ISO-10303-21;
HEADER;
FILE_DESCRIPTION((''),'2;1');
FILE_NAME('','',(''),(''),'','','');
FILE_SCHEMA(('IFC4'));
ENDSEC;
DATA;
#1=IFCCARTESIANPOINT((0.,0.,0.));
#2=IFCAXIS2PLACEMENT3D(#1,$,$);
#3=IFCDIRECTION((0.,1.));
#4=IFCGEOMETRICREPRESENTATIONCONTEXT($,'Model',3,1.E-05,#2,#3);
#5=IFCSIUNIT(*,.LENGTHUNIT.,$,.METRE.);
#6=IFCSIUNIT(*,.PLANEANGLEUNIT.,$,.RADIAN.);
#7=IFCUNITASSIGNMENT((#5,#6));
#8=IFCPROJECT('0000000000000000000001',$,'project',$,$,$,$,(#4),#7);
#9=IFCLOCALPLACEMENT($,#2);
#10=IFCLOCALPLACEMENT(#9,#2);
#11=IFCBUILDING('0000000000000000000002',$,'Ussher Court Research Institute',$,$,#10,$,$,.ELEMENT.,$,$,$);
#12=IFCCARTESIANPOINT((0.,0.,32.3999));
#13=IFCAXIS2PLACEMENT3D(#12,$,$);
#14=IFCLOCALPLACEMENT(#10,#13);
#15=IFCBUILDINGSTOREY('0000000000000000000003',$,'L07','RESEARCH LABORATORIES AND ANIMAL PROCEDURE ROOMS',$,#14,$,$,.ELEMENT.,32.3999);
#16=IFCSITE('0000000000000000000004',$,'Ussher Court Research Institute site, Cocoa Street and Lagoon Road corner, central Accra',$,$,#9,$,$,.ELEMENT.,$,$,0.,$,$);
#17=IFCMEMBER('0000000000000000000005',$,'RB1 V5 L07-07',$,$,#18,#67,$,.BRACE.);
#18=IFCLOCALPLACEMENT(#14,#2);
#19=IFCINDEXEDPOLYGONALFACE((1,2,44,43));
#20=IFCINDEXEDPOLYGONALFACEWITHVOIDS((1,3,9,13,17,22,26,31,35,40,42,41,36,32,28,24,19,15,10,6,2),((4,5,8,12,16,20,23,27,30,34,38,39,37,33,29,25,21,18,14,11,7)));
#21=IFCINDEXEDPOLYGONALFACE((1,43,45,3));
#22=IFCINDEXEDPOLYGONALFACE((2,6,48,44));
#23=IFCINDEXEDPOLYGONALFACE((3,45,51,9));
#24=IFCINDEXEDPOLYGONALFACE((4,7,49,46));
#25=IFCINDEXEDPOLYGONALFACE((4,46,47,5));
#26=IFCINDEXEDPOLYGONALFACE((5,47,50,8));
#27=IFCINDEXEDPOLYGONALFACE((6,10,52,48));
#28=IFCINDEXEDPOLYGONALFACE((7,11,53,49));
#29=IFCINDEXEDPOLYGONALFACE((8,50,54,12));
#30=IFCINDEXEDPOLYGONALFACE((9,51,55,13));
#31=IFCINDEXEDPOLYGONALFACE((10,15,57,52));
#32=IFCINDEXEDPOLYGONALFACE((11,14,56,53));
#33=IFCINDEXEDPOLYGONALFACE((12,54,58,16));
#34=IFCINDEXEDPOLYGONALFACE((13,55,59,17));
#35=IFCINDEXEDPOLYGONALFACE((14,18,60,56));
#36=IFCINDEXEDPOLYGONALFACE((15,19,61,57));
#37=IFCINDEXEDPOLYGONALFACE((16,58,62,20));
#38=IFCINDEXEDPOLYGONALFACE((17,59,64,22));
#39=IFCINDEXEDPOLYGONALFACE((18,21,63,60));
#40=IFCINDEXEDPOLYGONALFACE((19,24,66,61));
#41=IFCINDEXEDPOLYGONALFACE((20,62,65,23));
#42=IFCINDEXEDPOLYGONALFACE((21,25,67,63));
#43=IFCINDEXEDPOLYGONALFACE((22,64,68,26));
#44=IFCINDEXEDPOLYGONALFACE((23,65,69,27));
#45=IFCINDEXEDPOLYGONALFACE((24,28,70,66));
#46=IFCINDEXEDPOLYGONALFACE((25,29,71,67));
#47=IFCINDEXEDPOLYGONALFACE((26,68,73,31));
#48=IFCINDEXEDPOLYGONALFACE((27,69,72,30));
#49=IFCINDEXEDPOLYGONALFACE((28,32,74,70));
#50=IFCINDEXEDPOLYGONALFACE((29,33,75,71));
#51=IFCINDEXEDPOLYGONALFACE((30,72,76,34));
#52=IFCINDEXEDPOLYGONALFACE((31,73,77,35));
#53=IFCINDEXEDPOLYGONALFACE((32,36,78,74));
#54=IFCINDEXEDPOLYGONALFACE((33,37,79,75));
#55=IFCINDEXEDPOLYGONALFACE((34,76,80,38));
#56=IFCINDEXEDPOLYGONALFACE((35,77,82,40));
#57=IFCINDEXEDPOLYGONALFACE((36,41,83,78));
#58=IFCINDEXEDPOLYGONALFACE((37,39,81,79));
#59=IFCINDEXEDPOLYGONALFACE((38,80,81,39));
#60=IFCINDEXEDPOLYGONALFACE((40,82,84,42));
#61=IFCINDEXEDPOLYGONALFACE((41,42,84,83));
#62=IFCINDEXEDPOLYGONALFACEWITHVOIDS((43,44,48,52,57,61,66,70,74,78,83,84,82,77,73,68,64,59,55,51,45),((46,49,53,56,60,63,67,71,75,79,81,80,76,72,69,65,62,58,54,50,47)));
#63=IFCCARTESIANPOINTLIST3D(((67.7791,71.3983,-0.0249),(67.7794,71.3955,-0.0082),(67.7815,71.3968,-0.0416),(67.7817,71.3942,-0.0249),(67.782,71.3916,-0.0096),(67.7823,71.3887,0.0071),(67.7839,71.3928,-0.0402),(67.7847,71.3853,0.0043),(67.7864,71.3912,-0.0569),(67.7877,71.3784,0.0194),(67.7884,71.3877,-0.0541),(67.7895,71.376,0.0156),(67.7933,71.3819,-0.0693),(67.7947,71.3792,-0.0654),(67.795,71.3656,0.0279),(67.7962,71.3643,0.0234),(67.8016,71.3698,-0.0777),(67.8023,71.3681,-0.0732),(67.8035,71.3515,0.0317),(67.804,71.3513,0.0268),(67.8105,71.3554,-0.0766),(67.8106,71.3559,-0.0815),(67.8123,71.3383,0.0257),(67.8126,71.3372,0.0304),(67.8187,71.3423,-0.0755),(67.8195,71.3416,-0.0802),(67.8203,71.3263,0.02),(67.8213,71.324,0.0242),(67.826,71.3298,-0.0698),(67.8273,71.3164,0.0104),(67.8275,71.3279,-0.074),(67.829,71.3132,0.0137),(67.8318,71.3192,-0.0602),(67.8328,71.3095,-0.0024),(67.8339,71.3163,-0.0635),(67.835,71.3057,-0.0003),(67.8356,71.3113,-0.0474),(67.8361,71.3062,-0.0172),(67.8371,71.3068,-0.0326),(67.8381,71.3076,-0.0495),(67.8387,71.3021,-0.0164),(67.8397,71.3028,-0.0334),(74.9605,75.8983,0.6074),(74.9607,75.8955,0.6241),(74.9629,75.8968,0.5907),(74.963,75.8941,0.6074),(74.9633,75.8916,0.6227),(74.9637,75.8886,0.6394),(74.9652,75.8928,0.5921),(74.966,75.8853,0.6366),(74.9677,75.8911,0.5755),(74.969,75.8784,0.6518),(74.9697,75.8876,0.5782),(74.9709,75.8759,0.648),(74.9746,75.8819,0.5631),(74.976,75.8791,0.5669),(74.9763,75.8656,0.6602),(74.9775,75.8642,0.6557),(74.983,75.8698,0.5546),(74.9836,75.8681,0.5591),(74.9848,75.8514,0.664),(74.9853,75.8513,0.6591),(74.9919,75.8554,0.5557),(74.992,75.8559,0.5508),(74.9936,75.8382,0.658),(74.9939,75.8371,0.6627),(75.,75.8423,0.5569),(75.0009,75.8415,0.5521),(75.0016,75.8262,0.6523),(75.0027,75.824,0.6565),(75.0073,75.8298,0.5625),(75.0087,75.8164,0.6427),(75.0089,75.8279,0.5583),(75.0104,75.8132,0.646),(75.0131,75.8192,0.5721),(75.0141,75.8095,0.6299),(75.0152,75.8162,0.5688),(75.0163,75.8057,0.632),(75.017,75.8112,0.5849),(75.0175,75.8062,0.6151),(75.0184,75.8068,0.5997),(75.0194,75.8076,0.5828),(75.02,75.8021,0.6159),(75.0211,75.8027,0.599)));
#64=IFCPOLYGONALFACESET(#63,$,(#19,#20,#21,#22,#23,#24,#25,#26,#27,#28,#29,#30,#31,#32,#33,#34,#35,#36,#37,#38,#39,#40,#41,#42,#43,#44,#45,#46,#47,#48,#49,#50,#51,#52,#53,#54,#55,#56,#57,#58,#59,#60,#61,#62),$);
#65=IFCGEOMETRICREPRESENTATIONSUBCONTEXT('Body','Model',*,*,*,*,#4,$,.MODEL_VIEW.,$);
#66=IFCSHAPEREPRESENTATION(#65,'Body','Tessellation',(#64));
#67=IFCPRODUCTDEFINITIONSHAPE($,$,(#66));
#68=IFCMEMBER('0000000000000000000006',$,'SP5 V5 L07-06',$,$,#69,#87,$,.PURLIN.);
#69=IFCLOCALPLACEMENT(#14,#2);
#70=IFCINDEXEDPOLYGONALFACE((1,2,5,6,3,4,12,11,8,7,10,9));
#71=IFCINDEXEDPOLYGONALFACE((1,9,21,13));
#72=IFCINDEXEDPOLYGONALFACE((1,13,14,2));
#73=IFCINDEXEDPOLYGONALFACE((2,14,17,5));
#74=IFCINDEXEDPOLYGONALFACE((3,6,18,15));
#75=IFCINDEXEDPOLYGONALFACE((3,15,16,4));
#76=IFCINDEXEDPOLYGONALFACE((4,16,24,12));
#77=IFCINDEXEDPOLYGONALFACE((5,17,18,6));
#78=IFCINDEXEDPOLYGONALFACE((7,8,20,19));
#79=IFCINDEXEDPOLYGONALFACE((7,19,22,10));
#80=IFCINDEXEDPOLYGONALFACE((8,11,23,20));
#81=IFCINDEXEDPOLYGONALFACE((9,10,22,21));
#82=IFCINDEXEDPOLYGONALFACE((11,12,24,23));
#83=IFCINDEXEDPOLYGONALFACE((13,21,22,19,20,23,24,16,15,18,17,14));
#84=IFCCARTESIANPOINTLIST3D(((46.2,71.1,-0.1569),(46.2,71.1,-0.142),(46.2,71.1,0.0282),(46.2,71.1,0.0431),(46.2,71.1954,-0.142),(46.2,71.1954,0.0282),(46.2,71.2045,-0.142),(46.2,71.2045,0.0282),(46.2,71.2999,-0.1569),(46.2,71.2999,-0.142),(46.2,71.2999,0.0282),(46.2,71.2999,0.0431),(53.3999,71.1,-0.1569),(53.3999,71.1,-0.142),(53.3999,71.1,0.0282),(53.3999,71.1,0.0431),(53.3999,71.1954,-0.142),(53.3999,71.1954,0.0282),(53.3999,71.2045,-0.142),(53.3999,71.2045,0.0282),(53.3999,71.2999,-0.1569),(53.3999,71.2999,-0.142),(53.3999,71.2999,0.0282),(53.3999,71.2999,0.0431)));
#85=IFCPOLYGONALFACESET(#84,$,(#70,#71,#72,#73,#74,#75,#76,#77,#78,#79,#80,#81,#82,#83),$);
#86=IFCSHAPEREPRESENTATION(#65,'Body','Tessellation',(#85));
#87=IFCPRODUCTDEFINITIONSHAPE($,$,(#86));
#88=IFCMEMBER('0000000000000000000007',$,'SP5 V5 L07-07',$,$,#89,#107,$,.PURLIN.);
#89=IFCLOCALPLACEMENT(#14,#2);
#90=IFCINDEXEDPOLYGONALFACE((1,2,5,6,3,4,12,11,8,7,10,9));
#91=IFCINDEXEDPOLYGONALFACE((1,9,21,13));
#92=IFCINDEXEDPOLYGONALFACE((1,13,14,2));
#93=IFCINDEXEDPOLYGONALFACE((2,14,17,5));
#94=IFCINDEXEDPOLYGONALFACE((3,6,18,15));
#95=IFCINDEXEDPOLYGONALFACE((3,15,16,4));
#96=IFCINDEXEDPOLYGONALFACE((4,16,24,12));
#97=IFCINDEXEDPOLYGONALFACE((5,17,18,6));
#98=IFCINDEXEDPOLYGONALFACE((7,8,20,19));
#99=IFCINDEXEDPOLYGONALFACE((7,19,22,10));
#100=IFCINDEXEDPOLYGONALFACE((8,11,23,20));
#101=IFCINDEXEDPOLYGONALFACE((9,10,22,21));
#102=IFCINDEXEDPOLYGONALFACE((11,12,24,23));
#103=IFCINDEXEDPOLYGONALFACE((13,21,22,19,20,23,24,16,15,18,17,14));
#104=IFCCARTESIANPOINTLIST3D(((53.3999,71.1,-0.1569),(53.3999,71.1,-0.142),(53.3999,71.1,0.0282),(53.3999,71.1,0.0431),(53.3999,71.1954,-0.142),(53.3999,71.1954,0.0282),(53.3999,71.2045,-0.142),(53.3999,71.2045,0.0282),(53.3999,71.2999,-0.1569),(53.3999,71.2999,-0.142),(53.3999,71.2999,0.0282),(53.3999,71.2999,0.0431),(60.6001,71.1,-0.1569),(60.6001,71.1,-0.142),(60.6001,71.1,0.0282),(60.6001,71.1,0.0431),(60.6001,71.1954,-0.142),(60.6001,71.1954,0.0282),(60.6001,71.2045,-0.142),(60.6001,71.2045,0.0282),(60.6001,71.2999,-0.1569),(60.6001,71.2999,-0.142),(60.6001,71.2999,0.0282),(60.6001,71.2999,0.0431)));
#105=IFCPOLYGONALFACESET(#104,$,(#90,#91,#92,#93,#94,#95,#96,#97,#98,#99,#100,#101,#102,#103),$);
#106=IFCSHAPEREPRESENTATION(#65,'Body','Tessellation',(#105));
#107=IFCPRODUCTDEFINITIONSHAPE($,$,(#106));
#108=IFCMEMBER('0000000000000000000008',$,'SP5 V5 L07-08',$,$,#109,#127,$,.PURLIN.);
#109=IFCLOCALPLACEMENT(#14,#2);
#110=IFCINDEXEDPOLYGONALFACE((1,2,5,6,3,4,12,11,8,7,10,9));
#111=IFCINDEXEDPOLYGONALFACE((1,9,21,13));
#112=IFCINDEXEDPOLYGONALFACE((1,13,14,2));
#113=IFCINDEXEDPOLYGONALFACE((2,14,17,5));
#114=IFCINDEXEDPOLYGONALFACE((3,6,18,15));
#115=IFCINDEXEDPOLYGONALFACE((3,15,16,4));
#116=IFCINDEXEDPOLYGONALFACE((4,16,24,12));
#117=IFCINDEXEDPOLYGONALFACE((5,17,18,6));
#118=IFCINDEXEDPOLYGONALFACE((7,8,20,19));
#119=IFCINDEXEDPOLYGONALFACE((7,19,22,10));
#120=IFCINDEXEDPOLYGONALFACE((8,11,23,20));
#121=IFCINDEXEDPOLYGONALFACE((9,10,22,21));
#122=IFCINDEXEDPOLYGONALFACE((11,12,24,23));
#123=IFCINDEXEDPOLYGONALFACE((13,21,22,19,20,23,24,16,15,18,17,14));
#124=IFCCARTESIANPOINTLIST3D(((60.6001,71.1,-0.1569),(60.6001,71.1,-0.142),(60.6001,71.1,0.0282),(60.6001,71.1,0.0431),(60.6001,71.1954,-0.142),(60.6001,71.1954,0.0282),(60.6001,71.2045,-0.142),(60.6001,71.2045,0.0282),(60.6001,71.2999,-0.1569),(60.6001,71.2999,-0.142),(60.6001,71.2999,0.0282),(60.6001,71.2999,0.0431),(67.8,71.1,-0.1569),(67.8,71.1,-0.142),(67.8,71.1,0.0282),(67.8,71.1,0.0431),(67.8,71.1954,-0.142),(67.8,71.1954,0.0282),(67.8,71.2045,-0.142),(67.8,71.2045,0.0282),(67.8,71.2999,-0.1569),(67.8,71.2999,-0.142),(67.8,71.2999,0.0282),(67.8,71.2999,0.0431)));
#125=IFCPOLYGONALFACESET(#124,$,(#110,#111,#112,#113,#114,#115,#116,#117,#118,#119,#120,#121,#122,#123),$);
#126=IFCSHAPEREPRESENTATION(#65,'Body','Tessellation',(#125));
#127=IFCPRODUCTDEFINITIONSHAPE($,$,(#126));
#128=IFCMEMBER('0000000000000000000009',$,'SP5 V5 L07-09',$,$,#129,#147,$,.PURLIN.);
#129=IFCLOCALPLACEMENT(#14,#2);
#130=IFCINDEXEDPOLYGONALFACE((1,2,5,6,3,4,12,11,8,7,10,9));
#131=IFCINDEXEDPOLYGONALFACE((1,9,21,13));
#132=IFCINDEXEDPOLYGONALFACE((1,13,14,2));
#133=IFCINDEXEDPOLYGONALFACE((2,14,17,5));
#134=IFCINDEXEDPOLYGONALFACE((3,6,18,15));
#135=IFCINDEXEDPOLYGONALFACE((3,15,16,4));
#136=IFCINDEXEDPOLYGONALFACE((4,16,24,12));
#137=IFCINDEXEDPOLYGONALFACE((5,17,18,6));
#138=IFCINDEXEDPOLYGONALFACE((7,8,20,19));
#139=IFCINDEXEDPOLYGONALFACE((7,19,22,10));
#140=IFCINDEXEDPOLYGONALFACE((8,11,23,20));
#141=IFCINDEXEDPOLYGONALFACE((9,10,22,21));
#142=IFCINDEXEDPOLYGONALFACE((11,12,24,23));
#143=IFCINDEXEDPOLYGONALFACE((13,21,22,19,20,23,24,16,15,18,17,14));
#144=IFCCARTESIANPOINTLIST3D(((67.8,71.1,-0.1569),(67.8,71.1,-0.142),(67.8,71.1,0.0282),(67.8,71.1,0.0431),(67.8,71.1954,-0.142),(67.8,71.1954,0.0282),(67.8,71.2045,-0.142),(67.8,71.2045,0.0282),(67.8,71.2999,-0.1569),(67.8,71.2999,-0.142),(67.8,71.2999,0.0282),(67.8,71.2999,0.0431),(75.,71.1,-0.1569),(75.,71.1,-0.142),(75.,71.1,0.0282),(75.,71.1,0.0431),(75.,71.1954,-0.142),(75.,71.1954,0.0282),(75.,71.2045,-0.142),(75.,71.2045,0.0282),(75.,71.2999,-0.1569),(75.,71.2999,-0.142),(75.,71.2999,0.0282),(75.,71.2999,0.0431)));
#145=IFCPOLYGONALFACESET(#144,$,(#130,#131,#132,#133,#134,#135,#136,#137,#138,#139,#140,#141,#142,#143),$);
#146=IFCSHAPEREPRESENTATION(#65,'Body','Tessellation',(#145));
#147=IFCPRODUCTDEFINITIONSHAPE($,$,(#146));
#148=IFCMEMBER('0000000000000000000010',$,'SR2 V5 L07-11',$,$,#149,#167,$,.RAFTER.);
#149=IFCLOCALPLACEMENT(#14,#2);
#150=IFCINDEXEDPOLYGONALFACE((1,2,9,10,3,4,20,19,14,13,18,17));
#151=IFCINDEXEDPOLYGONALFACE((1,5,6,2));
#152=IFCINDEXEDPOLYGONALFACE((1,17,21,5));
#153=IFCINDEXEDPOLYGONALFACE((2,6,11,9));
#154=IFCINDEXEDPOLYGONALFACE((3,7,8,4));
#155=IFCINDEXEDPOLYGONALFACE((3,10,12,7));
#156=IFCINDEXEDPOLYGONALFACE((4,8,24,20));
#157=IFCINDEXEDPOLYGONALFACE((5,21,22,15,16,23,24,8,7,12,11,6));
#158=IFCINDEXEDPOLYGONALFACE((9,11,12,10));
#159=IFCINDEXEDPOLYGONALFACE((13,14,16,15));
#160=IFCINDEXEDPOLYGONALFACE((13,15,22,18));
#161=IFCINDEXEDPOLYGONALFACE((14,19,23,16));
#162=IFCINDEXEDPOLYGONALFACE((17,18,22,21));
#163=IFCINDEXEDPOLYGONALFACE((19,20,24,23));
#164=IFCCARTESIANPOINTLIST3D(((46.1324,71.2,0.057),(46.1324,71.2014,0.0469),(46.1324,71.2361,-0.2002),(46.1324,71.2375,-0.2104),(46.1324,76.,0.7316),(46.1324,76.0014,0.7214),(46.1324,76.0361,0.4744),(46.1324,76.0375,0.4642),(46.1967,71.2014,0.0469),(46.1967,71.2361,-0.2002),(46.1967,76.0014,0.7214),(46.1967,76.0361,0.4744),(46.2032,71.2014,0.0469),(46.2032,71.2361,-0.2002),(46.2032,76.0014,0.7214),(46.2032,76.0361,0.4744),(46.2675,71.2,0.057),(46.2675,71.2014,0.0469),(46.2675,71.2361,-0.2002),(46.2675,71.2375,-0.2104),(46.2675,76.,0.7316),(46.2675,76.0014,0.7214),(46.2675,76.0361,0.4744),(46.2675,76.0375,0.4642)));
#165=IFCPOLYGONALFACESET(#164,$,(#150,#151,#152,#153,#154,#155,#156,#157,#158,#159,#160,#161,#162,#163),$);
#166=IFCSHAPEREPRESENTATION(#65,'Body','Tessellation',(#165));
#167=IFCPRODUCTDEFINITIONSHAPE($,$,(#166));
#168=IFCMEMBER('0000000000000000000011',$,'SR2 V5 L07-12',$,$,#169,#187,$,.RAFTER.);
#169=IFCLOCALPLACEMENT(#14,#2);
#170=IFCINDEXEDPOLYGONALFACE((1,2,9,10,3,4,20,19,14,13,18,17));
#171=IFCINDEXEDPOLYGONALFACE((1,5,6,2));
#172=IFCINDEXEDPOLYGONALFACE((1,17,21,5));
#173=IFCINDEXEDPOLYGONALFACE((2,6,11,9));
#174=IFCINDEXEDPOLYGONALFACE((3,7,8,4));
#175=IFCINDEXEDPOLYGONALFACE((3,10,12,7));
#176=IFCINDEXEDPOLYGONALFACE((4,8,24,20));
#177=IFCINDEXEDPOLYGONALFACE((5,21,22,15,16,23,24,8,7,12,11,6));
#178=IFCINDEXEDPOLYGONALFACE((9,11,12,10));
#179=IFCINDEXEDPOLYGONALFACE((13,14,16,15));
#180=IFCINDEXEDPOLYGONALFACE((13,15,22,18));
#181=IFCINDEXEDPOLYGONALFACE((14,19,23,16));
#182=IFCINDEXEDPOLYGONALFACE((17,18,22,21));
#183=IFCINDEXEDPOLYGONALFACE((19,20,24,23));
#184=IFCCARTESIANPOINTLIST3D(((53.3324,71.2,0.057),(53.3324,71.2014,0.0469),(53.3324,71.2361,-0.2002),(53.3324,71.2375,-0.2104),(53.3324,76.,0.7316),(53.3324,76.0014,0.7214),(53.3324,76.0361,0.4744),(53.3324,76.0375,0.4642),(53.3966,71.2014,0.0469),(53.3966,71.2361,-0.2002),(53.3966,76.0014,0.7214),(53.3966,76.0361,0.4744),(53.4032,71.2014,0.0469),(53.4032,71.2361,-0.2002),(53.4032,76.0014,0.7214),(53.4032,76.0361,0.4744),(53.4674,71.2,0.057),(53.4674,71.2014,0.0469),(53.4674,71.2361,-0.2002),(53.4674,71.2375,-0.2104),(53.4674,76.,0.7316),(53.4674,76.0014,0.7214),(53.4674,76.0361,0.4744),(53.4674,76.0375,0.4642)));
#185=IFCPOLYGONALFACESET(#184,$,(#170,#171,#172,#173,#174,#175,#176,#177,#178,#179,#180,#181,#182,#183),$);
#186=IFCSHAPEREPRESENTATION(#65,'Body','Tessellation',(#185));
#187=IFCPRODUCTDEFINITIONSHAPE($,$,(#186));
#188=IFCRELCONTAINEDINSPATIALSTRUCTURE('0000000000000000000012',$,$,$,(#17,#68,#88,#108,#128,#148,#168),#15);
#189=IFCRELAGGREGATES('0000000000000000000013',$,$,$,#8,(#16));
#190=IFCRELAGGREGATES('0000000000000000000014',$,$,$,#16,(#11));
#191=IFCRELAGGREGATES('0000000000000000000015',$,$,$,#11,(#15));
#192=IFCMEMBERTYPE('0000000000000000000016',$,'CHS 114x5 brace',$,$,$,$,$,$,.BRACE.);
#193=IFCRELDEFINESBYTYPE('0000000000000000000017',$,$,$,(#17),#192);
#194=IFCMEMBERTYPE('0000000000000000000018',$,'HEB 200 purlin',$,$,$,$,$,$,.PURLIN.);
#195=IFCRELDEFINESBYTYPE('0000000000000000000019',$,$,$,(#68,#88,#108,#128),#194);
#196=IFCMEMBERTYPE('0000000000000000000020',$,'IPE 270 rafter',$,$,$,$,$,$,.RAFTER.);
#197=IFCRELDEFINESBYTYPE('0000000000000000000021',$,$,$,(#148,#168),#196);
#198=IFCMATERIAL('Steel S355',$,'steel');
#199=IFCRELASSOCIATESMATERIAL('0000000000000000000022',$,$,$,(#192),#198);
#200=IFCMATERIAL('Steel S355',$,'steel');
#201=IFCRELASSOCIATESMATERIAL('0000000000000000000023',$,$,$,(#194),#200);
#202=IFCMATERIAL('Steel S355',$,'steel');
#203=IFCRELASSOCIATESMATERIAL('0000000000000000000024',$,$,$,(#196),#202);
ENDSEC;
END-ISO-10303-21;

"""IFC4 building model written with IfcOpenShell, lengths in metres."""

from ifc_helpers import new_model, si_unit, direction, frame, origin, origin_2d, place, context, subcontext, project, spatial, hollow_circle, i_section, extrude, material, material_profile, profile_set, type_object, element, save


model = new_model("IFC4")

# Units and contexts
model_context = context("Model", 3, precision=1e-05, world=origin(), true_north=direction((0.0, 1.0)))
body_context = subcontext(model_context, "Body", "Model", "MODEL_VIEW")
ifc_project = project(units=[si_unit("LENGTHUNIT", "METRE"), si_unit("PLANEANGLEUNIT", "RADIAN")], contexts=[model_context])

# Site, building, storey
site_placement = place(None, origin())
site = spatial("IfcSite", under=ifc_project, at=site_placement, Name="Ussher Court Research Institute site, Cocoa Street and Lagoon Road corner, central Accra", CompositionType="ELEMENT", RefElevation=0.0)
building_placement = place(site_placement, origin())
building = spatial("IfcBuilding", under=site, at=building_placement, Name="Ussher Court Research Institute", CompositionType="ELEMENT")
storey_placement = place(building_placement, frame((0.0, 0.0, 32.3999)))
storey = spatial("IfcBuildingStorey", under=building, at=storey_placement, Name="L07", Description="RESEARCH LABORATORIES AND ANIMAL PROCEDURE ROOMS", CompositionType="ELEMENT", Elevation=32.3999)

# Members
ifc_material_1 = material(Name="Steel S355", Category="steel")
ifc_material_profile_1 = material_profile(ifc_material_1, hollow_circle(Radius=0.0569, WallThickness=0.0049, at=origin_2d()), Name="CHS 114x5")
ifc_profile_set_1 = profile_set([ifc_material_profile_1], Name="Steel S355")
member_type_1 = type_object("IfcMemberType", Name="CHS 114x5 brace", PredefinedType="BRACE", material=ifc_profile_set_1)
member_1_placement = place(storey_placement, frame((67.8093, 71.3501, -0.0249), z_axis=(0.845032, 0.529513, 0.074405), x_axis=(-0.530985, 0.847381, 0.0)))
element("IfcMember", 1, at=member_1_placement, inside=storey, type_object=member_type_1, Name="RB1 V5 L07-07", PredefinedType="BRACE", context=body_context, shape_type="SweptSolid", body=[
    extrude(hollow_circle(Radius=0.0569, WallThickness=0.0049, at=origin_2d()), origin(), (0.0, 0.0, 1.0), 8.4983),
])
ifc_material_2 = material(Name="Steel S355", Category="steel")
ifc_material_profile_2 = material_profile(ifc_material_2, i_section(OverallWidth=0.2, OverallDepth=0.2, WebThickness=0.009, FlangeThickness=0.0149, at=origin_2d()), Name="HEB 200")
ifc_profile_set_2 = profile_set([ifc_material_profile_2], Name="Steel S355")
member_type_2 = type_object("IfcMemberType", Name="HEB 200 purlin", PredefinedType="PURLIN", material=ifc_profile_set_2)
member_2_placement = place(storey_placement, frame((46.2, 71.2, -0.0569), z_axis=(1.0, 0.0, 0.0), x_axis=(0.0, 1.0, 0.0)))
element("IfcMember", 2, at=member_2_placement, inside=storey, type_object=member_type_2, Name="SP5 V5 L07-06", PredefinedType="PURLIN", context=body_context, shape_type="SweptSolid", body=[
    extrude(i_section(OverallWidth=0.2, OverallDepth=0.2, WebThickness=0.009, FlangeThickness=0.0149, at=origin_2d()), origin(), (0.0, 0.0, 1.0), 7.2),
])
member_3_placement = place(storey_placement, frame((53.3999, 71.2, -0.0569), z_axis=(1.0, 0.0, 0.0), x_axis=(0.0, 1.0, 0.0)))
element("IfcMember", 3, at=member_3_placement, inside=storey, type_object=member_type_2, Name="SP5 V5 L07-07", PredefinedType="PURLIN", context=body_context, shape_type="SweptSolid", body=[
    extrude(i_section(OverallWidth=0.2, OverallDepth=0.2, WebThickness=0.009, FlangeThickness=0.0149, at=origin_2d()), origin(), (0.0, 0.0, 1.0), 7.2002),
])
for number, where, z_axis, x_axis, name in (
    (4, (60.6001, 71.2, -0.0569), (1.0, 0.0, 0.0), (0.0, 1.0, 0.0), "SP5 V5 L07-08"),
    (5, (67.8, 71.2, -0.0569), (1.0, 0.0, 0.0), (0.0, 1.0, 0.0), "SP5 V5 L07-09"),
):
    element("IfcMember", number, at=place(storey_placement, frame(where, z_axis=z_axis, x_axis=x_axis)), inside=storey, type_object=member_type_2, Name=name, PredefinedType="PURLIN", context=body_context, shape_type="SweptSolid", body=[
        extrude(i_section(OverallWidth=0.2, OverallDepth=0.2, WebThickness=0.009, FlangeThickness=0.0149, at=origin_2d()), origin(), (0.0, 0.0, 1.0), 7.2),
    ])
ifc_material_3 = material(Name="Steel S355", Category="steel")
ifc_material_profile_3 = material_profile(ifc_material_3, i_section(OverallWidth=0.135, OverallDepth=0.27, WebThickness=0.0066, FlangeThickness=0.0103, at=origin_2d()), Name="IPE 270")
ifc_profile_set_3 = profile_set([ifc_material_profile_3], Name="Steel S355")
member_type_3 = type_object("IfcMemberType", Name="IPE 270 rafter", PredefinedType="RAFTER", material=ifc_profile_set_3)
for number, where, z_axis, x_axis, name in (
    (6, (46.2, 71.2188, -0.0767), (0.0, 0.990269, 0.139165), (-1.0, 0.0, 0.0), "SR2 V5 L07-11"),
    (7, (53.3999, 71.2188, -0.0767), (0.0, 0.990269, 0.139165), (-1.0, 0.0, 0.0), "SR2 V5 L07-12"),
):
    element("IfcMember", number, at=place(storey_placement, frame(where, z_axis=z_axis, x_axis=x_axis)), inside=storey, type_object=member_type_3, Name=name, PredefinedType="RAFTER", context=body_context, shape_type="SweptSolid", body=[
        extrude(i_section(OverallWidth=0.135, OverallDepth=0.27, WebThickness=0.0066, FlangeThickness=0.0103, at=origin_2d()), origin(), (0.0, 0.0, 1.0), 4.8472),
    ])

save(model, "model.ifc")
